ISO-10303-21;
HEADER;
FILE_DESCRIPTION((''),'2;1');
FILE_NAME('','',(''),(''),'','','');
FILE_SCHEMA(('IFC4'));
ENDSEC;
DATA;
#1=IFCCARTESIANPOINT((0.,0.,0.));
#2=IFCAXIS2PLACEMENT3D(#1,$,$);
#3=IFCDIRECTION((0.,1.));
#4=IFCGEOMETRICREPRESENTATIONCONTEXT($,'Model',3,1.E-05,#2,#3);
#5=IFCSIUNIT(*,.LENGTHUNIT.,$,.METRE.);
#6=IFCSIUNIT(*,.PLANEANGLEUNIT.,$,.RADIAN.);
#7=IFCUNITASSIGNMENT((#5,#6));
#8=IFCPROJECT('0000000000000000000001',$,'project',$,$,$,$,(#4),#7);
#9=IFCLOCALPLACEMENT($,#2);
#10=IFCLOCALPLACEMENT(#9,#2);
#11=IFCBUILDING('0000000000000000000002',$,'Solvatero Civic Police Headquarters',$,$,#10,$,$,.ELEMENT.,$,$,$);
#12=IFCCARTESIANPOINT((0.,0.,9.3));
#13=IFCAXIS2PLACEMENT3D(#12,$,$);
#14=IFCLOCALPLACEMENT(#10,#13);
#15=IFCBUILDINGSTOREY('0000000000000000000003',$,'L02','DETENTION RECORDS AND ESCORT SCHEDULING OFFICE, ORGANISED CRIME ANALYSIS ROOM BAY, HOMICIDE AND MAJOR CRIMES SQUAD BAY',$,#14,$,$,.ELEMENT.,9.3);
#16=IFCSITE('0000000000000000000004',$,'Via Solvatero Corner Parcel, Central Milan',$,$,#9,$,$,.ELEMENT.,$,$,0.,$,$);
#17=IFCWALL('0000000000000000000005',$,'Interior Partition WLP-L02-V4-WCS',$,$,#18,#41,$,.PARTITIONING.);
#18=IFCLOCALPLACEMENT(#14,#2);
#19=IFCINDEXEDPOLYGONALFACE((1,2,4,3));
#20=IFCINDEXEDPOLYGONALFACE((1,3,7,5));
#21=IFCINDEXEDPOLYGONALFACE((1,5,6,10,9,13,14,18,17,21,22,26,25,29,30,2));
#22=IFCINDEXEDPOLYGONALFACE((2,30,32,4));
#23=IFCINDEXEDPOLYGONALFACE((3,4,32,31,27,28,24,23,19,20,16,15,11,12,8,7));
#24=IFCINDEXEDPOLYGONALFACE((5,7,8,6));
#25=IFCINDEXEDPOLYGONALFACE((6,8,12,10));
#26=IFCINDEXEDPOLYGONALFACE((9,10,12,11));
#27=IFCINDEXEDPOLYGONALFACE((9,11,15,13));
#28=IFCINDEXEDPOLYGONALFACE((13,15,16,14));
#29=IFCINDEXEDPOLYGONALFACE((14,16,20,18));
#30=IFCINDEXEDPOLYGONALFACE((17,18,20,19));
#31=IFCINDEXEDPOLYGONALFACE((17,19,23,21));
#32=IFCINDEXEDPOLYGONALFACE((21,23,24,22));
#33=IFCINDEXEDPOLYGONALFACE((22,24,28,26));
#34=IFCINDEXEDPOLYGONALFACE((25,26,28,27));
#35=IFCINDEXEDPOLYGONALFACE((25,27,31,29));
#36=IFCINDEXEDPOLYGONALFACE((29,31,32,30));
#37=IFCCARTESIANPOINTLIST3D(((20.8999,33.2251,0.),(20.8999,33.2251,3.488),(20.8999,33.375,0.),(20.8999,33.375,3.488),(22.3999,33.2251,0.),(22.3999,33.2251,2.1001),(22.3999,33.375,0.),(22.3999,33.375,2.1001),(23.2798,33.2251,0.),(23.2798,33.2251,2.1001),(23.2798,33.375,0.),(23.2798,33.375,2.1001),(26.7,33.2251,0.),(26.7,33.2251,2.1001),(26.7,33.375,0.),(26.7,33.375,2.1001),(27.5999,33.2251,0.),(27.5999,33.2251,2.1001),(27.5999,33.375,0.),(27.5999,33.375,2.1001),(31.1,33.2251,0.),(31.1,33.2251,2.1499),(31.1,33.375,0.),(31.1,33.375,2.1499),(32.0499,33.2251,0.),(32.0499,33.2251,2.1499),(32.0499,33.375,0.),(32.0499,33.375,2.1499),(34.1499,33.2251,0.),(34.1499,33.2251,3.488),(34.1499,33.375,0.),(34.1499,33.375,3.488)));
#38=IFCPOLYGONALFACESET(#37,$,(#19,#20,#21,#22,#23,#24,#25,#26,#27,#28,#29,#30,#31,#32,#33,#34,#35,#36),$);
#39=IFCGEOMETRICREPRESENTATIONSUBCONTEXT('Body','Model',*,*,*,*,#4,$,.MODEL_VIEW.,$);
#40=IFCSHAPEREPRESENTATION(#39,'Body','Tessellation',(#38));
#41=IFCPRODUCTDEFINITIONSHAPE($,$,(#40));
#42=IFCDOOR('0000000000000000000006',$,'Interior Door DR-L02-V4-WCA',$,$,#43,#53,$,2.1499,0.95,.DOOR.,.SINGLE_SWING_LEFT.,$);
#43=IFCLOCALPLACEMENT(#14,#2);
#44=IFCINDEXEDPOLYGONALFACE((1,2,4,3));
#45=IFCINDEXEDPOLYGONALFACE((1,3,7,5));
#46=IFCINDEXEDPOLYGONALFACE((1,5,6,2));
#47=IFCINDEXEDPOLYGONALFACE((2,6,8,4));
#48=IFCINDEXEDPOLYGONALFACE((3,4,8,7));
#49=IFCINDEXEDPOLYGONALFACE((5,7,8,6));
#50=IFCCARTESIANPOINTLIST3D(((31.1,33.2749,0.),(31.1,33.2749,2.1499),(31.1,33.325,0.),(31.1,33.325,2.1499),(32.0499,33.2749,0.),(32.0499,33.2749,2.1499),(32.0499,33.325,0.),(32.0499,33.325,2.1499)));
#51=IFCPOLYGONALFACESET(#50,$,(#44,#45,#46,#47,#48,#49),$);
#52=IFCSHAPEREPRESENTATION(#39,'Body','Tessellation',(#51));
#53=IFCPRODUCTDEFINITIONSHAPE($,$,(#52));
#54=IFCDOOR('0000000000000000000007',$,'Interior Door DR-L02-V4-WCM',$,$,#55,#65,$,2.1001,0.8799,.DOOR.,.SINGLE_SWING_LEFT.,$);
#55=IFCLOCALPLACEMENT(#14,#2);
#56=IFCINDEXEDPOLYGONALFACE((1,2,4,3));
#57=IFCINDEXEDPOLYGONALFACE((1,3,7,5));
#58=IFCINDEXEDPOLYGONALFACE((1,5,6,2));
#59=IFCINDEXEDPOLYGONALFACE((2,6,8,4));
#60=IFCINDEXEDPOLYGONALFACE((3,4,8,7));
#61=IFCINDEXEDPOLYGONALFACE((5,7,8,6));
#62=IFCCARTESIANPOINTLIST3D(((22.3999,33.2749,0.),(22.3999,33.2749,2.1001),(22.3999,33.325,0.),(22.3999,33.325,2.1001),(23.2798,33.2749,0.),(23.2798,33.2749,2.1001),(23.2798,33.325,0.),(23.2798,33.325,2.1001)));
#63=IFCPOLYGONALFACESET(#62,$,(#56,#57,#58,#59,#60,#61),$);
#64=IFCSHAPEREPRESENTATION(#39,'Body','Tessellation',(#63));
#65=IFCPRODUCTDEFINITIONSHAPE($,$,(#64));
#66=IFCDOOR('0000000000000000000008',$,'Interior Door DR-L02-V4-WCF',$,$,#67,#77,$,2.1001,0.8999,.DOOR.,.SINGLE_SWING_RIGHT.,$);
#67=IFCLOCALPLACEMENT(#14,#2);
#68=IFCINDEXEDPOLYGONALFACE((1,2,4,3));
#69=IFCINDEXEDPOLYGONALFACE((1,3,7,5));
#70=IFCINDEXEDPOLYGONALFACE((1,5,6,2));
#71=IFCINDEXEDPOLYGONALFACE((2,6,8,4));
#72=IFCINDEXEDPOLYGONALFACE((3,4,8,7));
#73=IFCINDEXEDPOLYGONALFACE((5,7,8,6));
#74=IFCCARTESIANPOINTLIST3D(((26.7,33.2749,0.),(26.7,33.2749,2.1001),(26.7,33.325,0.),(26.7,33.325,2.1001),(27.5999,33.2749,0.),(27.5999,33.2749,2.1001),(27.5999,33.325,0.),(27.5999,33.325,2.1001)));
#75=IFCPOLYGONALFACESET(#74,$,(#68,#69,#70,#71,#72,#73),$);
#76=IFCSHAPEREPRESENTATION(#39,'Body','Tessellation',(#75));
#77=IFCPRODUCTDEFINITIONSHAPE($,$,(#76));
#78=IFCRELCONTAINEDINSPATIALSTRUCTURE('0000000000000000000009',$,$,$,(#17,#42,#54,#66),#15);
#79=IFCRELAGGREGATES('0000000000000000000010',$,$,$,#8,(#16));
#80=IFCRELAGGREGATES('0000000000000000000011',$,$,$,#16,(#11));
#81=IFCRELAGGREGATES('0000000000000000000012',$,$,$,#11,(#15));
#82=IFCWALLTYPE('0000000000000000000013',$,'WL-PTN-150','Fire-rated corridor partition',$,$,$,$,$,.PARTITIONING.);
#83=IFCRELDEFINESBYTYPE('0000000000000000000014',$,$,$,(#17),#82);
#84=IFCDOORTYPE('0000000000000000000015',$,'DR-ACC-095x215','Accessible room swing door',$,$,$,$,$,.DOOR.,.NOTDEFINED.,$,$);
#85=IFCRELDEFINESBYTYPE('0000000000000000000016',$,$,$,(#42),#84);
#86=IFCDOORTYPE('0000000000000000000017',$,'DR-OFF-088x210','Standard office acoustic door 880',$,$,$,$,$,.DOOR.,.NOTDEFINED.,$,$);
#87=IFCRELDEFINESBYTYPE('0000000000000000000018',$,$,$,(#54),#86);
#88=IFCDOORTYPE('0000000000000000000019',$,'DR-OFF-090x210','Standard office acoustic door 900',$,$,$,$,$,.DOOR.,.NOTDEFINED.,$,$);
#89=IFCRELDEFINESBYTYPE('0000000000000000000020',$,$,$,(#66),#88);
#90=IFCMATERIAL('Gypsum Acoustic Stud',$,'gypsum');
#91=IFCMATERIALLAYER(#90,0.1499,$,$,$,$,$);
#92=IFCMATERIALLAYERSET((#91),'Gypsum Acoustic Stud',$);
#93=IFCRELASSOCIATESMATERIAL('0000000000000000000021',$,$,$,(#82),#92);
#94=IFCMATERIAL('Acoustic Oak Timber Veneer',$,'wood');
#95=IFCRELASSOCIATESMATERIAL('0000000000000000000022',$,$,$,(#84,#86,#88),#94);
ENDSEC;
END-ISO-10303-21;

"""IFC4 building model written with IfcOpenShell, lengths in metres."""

from ifc_helpers import new_model, si_unit, direction, frame, frame_2d, origin, place, context, subcontext, project, spatial, rectangle, extrude, material, layer, layer_set, type_object, element, fill, save


model = new_model("IFC4")

# Units and contexts
model_context = context("Model", 3, precision=1e-05, world=origin(), true_north=direction((0.0, 1.0)))
body_context = subcontext(model_context, "Body", "Model", "MODEL_VIEW")
ifc_project = project(units=[si_unit("LENGTHUNIT", "METRE"), si_unit("PLANEANGLEUNIT", "RADIAN")], contexts=[model_context])

# Site, building, storey
site_placement = place(None, origin())
site = spatial("IfcSite", under=ifc_project, at=site_placement, Name="Via Solvatero Corner Parcel, Central Milan", CompositionType="ELEMENT", RefElevation=0.0)
building_placement = place(site_placement, origin())
building = spatial("IfcBuilding", under=site, at=building_placement, Name="Solvatero Civic Police Headquarters", CompositionType="ELEMENT")
storey_placement = place(building_placement, frame((0.0, 0.0, 9.3)))
storey = spatial("IfcBuildingStorey", under=building, at=storey_placement, Name="L02", Description="DETENTION RECORDS AND ESCORT SCHEDULING OFFICE, ORGANISED CRIME ANALYSIS ROOM BAY, HOMICIDE AND MAJOR CRIMES SQUAD BAY", CompositionType="ELEMENT", Elevation=9.3)

# Shared definitions
ifc_material_1 = material(Name="Gypsum Acoustic Stud", Category="gypsum")

# Wall, openings, doors
ifc_layer_1 = layer(ifc_material_1, 0.1499)
ifc_layer_set_1 = layer_set([ifc_layer_1], Name="Gypsum Acoustic Stud")
wall_type_1 = type_object("IfcWallType", Name="WL-PTN-150", Description="Fire-rated corridor partition", PredefinedType="PARTITIONING", material=ifc_layer_set_1)
wall_1_placement = place(storey_placement, frame((20.8999, 33.3, 0.0), z_axis=(0.0, 0.0, 1.0), x_axis=(1.0, 0.0, 0.0)))
wall_1 = element("IfcWall", 1, at=wall_1_placement, inside=storey, type_object=wall_type_1, Name="Interior Partition WLP-L02-V4-WCS", PredefinedType="PARTITIONING", context=body_context, shape_type="SweptSolid", body=[
    extrude(rectangle(XDim=13.25, YDim=0.1499, at=frame_2d((6.625, 0.0))), origin(), (0.0, 0.0, 1.0), 3.488),
])
opening_1_placement = place(wall_1_placement, frame((1.5, 0.0, 0.0)))
opening_1 = element("IfcOpeningElement", 2, at=opening_1_placement, cuts=wall_1, PredefinedType="OPENING", context=body_context, shape_type="SweptSolid", body=[
    extrude(rectangle(XDim=0.8799, YDim=2.1001, at=frame_2d((0.4399, 1.05))), frame((0.0, 0.085, 0.0), z_axis=(0.0, -1.0, 0.0), x_axis=(1.0, 0.0, 0.0)), (0.0, 0.0, 1.0), 0.1699),
])
opening_2_placement = place(wall_1_placement, frame((5.8, 0.0, 0.0)))
opening_2 = element("IfcOpeningElement", 3, at=opening_2_placement, cuts=wall_1, PredefinedType="OPENING", context=body_context, shape_type="SweptSolid", body=[
    extrude(rectangle(XDim=0.8999, YDim=2.1001, at=frame_2d((0.45, 1.05))), frame((0.0, 0.085, 0.0), z_axis=(0.0, -1.0, 0.0), x_axis=(1.0, 0.0, 0.0)), (0.0, 0.0, 1.0), 0.1699),
])
opening_3_placement = place(wall_1_placement, frame((10.2, 0.0, 0.0)))
opening_3 = element("IfcOpeningElement", 4, at=opening_3_placement, cuts=wall_1, PredefinedType="OPENING", context=body_context, shape_type="SweptSolid", body=[
    extrude(rectangle(XDim=0.95, YDim=2.1499, at=frame_2d((0.4751, 1.075))), frame((0.0, 0.085, 0.0), z_axis=(0.0, -1.0, 0.0), x_axis=(1.0, 0.0, 0.0)), (0.0, 0.0, 1.0), 0.1699),
])
ifc_material_2 = material(Name="Acoustic Oak Timber Veneer", Category="wood")
door_type_1 = type_object("IfcDoorType", Name="DR-ACC-095x215", Description="Accessible room swing door", OperationType="NOTDEFINED", PredefinedType="DOOR", material=ifc_material_2)
door_1_placement = place(opening_3_placement, origin())
door_1 = element("IfcDoor", 5, at=door_1_placement, inside=storey, type_object=door_type_1, Name="Interior Door DR-L02-V4-WCA", OperationType="SINGLE_SWING_LEFT", OverallHeight=2.1499, OverallWidth=0.95, PredefinedType="DOOR", context=body_context, shape_type="SweptSolid", body=[
    extrude(rectangle(XDim=0.95, YDim=2.1499, at=frame_2d((0.4751, 1.075))), frame((0.0, 0.0249, 0.0), z_axis=(0.0, -1.0, 0.0), x_axis=(1.0, 0.0, 0.0)), (0.0, 0.0, 1.0), 0.05),
])
fill(opening_3, door_1)
door_type_2 = type_object("IfcDoorType", Name="DR-OFF-088x210", Description="Standard office acoustic door 880", OperationType="NOTDEFINED", PredefinedType="DOOR", material=ifc_material_2)
door_2_placement = place(opening_1_placement, origin())
door_2 = element("IfcDoor", 6, at=door_2_placement, inside=storey, type_object=door_type_2, Name="Interior Door DR-L02-V4-WCM", OperationType="SINGLE_SWING_LEFT", OverallHeight=2.1001, OverallWidth=0.8799, PredefinedType="DOOR", context=body_context, shape_type="SweptSolid", body=[
    extrude(rectangle(XDim=0.8799, YDim=2.1001, at=frame_2d((0.4399, 1.05))), frame((0.0, 0.0249, 0.0), z_axis=(0.0, -1.0, 0.0), x_axis=(1.0, 0.0, 0.0)), (0.0, 0.0, 1.0), 0.05),
])
fill(opening_1, door_2)
door_type_3 = type_object("IfcDoorType", Name="DR-OFF-090x210", Description="Standard office acoustic door 900", OperationType="NOTDEFINED", PredefinedType="DOOR", material=ifc_material_2)
door_3_placement = place(opening_2_placement, origin())
door_3 = element("IfcDoor", 7, at=door_3_placement, inside=storey, type_object=door_type_3, Name="Interior Door DR-L02-V4-WCF", OperationType="SINGLE_SWING_RIGHT", OverallHeight=2.1001, OverallWidth=0.8999, PredefinedType="DOOR", context=body_context, shape_type="SweptSolid", body=[
    extrude(rectangle(XDim=0.8999, YDim=2.1001, at=frame_2d((0.45, 1.05))), frame((0.0, 0.0249, 0.0), z_axis=(0.0, -1.0, 0.0), x_axis=(1.0, 0.0, 0.0)), (0.0, 0.0, 1.0), 0.05),
])
fill(opening_2, door_3)

save(model, "model.ifc")
